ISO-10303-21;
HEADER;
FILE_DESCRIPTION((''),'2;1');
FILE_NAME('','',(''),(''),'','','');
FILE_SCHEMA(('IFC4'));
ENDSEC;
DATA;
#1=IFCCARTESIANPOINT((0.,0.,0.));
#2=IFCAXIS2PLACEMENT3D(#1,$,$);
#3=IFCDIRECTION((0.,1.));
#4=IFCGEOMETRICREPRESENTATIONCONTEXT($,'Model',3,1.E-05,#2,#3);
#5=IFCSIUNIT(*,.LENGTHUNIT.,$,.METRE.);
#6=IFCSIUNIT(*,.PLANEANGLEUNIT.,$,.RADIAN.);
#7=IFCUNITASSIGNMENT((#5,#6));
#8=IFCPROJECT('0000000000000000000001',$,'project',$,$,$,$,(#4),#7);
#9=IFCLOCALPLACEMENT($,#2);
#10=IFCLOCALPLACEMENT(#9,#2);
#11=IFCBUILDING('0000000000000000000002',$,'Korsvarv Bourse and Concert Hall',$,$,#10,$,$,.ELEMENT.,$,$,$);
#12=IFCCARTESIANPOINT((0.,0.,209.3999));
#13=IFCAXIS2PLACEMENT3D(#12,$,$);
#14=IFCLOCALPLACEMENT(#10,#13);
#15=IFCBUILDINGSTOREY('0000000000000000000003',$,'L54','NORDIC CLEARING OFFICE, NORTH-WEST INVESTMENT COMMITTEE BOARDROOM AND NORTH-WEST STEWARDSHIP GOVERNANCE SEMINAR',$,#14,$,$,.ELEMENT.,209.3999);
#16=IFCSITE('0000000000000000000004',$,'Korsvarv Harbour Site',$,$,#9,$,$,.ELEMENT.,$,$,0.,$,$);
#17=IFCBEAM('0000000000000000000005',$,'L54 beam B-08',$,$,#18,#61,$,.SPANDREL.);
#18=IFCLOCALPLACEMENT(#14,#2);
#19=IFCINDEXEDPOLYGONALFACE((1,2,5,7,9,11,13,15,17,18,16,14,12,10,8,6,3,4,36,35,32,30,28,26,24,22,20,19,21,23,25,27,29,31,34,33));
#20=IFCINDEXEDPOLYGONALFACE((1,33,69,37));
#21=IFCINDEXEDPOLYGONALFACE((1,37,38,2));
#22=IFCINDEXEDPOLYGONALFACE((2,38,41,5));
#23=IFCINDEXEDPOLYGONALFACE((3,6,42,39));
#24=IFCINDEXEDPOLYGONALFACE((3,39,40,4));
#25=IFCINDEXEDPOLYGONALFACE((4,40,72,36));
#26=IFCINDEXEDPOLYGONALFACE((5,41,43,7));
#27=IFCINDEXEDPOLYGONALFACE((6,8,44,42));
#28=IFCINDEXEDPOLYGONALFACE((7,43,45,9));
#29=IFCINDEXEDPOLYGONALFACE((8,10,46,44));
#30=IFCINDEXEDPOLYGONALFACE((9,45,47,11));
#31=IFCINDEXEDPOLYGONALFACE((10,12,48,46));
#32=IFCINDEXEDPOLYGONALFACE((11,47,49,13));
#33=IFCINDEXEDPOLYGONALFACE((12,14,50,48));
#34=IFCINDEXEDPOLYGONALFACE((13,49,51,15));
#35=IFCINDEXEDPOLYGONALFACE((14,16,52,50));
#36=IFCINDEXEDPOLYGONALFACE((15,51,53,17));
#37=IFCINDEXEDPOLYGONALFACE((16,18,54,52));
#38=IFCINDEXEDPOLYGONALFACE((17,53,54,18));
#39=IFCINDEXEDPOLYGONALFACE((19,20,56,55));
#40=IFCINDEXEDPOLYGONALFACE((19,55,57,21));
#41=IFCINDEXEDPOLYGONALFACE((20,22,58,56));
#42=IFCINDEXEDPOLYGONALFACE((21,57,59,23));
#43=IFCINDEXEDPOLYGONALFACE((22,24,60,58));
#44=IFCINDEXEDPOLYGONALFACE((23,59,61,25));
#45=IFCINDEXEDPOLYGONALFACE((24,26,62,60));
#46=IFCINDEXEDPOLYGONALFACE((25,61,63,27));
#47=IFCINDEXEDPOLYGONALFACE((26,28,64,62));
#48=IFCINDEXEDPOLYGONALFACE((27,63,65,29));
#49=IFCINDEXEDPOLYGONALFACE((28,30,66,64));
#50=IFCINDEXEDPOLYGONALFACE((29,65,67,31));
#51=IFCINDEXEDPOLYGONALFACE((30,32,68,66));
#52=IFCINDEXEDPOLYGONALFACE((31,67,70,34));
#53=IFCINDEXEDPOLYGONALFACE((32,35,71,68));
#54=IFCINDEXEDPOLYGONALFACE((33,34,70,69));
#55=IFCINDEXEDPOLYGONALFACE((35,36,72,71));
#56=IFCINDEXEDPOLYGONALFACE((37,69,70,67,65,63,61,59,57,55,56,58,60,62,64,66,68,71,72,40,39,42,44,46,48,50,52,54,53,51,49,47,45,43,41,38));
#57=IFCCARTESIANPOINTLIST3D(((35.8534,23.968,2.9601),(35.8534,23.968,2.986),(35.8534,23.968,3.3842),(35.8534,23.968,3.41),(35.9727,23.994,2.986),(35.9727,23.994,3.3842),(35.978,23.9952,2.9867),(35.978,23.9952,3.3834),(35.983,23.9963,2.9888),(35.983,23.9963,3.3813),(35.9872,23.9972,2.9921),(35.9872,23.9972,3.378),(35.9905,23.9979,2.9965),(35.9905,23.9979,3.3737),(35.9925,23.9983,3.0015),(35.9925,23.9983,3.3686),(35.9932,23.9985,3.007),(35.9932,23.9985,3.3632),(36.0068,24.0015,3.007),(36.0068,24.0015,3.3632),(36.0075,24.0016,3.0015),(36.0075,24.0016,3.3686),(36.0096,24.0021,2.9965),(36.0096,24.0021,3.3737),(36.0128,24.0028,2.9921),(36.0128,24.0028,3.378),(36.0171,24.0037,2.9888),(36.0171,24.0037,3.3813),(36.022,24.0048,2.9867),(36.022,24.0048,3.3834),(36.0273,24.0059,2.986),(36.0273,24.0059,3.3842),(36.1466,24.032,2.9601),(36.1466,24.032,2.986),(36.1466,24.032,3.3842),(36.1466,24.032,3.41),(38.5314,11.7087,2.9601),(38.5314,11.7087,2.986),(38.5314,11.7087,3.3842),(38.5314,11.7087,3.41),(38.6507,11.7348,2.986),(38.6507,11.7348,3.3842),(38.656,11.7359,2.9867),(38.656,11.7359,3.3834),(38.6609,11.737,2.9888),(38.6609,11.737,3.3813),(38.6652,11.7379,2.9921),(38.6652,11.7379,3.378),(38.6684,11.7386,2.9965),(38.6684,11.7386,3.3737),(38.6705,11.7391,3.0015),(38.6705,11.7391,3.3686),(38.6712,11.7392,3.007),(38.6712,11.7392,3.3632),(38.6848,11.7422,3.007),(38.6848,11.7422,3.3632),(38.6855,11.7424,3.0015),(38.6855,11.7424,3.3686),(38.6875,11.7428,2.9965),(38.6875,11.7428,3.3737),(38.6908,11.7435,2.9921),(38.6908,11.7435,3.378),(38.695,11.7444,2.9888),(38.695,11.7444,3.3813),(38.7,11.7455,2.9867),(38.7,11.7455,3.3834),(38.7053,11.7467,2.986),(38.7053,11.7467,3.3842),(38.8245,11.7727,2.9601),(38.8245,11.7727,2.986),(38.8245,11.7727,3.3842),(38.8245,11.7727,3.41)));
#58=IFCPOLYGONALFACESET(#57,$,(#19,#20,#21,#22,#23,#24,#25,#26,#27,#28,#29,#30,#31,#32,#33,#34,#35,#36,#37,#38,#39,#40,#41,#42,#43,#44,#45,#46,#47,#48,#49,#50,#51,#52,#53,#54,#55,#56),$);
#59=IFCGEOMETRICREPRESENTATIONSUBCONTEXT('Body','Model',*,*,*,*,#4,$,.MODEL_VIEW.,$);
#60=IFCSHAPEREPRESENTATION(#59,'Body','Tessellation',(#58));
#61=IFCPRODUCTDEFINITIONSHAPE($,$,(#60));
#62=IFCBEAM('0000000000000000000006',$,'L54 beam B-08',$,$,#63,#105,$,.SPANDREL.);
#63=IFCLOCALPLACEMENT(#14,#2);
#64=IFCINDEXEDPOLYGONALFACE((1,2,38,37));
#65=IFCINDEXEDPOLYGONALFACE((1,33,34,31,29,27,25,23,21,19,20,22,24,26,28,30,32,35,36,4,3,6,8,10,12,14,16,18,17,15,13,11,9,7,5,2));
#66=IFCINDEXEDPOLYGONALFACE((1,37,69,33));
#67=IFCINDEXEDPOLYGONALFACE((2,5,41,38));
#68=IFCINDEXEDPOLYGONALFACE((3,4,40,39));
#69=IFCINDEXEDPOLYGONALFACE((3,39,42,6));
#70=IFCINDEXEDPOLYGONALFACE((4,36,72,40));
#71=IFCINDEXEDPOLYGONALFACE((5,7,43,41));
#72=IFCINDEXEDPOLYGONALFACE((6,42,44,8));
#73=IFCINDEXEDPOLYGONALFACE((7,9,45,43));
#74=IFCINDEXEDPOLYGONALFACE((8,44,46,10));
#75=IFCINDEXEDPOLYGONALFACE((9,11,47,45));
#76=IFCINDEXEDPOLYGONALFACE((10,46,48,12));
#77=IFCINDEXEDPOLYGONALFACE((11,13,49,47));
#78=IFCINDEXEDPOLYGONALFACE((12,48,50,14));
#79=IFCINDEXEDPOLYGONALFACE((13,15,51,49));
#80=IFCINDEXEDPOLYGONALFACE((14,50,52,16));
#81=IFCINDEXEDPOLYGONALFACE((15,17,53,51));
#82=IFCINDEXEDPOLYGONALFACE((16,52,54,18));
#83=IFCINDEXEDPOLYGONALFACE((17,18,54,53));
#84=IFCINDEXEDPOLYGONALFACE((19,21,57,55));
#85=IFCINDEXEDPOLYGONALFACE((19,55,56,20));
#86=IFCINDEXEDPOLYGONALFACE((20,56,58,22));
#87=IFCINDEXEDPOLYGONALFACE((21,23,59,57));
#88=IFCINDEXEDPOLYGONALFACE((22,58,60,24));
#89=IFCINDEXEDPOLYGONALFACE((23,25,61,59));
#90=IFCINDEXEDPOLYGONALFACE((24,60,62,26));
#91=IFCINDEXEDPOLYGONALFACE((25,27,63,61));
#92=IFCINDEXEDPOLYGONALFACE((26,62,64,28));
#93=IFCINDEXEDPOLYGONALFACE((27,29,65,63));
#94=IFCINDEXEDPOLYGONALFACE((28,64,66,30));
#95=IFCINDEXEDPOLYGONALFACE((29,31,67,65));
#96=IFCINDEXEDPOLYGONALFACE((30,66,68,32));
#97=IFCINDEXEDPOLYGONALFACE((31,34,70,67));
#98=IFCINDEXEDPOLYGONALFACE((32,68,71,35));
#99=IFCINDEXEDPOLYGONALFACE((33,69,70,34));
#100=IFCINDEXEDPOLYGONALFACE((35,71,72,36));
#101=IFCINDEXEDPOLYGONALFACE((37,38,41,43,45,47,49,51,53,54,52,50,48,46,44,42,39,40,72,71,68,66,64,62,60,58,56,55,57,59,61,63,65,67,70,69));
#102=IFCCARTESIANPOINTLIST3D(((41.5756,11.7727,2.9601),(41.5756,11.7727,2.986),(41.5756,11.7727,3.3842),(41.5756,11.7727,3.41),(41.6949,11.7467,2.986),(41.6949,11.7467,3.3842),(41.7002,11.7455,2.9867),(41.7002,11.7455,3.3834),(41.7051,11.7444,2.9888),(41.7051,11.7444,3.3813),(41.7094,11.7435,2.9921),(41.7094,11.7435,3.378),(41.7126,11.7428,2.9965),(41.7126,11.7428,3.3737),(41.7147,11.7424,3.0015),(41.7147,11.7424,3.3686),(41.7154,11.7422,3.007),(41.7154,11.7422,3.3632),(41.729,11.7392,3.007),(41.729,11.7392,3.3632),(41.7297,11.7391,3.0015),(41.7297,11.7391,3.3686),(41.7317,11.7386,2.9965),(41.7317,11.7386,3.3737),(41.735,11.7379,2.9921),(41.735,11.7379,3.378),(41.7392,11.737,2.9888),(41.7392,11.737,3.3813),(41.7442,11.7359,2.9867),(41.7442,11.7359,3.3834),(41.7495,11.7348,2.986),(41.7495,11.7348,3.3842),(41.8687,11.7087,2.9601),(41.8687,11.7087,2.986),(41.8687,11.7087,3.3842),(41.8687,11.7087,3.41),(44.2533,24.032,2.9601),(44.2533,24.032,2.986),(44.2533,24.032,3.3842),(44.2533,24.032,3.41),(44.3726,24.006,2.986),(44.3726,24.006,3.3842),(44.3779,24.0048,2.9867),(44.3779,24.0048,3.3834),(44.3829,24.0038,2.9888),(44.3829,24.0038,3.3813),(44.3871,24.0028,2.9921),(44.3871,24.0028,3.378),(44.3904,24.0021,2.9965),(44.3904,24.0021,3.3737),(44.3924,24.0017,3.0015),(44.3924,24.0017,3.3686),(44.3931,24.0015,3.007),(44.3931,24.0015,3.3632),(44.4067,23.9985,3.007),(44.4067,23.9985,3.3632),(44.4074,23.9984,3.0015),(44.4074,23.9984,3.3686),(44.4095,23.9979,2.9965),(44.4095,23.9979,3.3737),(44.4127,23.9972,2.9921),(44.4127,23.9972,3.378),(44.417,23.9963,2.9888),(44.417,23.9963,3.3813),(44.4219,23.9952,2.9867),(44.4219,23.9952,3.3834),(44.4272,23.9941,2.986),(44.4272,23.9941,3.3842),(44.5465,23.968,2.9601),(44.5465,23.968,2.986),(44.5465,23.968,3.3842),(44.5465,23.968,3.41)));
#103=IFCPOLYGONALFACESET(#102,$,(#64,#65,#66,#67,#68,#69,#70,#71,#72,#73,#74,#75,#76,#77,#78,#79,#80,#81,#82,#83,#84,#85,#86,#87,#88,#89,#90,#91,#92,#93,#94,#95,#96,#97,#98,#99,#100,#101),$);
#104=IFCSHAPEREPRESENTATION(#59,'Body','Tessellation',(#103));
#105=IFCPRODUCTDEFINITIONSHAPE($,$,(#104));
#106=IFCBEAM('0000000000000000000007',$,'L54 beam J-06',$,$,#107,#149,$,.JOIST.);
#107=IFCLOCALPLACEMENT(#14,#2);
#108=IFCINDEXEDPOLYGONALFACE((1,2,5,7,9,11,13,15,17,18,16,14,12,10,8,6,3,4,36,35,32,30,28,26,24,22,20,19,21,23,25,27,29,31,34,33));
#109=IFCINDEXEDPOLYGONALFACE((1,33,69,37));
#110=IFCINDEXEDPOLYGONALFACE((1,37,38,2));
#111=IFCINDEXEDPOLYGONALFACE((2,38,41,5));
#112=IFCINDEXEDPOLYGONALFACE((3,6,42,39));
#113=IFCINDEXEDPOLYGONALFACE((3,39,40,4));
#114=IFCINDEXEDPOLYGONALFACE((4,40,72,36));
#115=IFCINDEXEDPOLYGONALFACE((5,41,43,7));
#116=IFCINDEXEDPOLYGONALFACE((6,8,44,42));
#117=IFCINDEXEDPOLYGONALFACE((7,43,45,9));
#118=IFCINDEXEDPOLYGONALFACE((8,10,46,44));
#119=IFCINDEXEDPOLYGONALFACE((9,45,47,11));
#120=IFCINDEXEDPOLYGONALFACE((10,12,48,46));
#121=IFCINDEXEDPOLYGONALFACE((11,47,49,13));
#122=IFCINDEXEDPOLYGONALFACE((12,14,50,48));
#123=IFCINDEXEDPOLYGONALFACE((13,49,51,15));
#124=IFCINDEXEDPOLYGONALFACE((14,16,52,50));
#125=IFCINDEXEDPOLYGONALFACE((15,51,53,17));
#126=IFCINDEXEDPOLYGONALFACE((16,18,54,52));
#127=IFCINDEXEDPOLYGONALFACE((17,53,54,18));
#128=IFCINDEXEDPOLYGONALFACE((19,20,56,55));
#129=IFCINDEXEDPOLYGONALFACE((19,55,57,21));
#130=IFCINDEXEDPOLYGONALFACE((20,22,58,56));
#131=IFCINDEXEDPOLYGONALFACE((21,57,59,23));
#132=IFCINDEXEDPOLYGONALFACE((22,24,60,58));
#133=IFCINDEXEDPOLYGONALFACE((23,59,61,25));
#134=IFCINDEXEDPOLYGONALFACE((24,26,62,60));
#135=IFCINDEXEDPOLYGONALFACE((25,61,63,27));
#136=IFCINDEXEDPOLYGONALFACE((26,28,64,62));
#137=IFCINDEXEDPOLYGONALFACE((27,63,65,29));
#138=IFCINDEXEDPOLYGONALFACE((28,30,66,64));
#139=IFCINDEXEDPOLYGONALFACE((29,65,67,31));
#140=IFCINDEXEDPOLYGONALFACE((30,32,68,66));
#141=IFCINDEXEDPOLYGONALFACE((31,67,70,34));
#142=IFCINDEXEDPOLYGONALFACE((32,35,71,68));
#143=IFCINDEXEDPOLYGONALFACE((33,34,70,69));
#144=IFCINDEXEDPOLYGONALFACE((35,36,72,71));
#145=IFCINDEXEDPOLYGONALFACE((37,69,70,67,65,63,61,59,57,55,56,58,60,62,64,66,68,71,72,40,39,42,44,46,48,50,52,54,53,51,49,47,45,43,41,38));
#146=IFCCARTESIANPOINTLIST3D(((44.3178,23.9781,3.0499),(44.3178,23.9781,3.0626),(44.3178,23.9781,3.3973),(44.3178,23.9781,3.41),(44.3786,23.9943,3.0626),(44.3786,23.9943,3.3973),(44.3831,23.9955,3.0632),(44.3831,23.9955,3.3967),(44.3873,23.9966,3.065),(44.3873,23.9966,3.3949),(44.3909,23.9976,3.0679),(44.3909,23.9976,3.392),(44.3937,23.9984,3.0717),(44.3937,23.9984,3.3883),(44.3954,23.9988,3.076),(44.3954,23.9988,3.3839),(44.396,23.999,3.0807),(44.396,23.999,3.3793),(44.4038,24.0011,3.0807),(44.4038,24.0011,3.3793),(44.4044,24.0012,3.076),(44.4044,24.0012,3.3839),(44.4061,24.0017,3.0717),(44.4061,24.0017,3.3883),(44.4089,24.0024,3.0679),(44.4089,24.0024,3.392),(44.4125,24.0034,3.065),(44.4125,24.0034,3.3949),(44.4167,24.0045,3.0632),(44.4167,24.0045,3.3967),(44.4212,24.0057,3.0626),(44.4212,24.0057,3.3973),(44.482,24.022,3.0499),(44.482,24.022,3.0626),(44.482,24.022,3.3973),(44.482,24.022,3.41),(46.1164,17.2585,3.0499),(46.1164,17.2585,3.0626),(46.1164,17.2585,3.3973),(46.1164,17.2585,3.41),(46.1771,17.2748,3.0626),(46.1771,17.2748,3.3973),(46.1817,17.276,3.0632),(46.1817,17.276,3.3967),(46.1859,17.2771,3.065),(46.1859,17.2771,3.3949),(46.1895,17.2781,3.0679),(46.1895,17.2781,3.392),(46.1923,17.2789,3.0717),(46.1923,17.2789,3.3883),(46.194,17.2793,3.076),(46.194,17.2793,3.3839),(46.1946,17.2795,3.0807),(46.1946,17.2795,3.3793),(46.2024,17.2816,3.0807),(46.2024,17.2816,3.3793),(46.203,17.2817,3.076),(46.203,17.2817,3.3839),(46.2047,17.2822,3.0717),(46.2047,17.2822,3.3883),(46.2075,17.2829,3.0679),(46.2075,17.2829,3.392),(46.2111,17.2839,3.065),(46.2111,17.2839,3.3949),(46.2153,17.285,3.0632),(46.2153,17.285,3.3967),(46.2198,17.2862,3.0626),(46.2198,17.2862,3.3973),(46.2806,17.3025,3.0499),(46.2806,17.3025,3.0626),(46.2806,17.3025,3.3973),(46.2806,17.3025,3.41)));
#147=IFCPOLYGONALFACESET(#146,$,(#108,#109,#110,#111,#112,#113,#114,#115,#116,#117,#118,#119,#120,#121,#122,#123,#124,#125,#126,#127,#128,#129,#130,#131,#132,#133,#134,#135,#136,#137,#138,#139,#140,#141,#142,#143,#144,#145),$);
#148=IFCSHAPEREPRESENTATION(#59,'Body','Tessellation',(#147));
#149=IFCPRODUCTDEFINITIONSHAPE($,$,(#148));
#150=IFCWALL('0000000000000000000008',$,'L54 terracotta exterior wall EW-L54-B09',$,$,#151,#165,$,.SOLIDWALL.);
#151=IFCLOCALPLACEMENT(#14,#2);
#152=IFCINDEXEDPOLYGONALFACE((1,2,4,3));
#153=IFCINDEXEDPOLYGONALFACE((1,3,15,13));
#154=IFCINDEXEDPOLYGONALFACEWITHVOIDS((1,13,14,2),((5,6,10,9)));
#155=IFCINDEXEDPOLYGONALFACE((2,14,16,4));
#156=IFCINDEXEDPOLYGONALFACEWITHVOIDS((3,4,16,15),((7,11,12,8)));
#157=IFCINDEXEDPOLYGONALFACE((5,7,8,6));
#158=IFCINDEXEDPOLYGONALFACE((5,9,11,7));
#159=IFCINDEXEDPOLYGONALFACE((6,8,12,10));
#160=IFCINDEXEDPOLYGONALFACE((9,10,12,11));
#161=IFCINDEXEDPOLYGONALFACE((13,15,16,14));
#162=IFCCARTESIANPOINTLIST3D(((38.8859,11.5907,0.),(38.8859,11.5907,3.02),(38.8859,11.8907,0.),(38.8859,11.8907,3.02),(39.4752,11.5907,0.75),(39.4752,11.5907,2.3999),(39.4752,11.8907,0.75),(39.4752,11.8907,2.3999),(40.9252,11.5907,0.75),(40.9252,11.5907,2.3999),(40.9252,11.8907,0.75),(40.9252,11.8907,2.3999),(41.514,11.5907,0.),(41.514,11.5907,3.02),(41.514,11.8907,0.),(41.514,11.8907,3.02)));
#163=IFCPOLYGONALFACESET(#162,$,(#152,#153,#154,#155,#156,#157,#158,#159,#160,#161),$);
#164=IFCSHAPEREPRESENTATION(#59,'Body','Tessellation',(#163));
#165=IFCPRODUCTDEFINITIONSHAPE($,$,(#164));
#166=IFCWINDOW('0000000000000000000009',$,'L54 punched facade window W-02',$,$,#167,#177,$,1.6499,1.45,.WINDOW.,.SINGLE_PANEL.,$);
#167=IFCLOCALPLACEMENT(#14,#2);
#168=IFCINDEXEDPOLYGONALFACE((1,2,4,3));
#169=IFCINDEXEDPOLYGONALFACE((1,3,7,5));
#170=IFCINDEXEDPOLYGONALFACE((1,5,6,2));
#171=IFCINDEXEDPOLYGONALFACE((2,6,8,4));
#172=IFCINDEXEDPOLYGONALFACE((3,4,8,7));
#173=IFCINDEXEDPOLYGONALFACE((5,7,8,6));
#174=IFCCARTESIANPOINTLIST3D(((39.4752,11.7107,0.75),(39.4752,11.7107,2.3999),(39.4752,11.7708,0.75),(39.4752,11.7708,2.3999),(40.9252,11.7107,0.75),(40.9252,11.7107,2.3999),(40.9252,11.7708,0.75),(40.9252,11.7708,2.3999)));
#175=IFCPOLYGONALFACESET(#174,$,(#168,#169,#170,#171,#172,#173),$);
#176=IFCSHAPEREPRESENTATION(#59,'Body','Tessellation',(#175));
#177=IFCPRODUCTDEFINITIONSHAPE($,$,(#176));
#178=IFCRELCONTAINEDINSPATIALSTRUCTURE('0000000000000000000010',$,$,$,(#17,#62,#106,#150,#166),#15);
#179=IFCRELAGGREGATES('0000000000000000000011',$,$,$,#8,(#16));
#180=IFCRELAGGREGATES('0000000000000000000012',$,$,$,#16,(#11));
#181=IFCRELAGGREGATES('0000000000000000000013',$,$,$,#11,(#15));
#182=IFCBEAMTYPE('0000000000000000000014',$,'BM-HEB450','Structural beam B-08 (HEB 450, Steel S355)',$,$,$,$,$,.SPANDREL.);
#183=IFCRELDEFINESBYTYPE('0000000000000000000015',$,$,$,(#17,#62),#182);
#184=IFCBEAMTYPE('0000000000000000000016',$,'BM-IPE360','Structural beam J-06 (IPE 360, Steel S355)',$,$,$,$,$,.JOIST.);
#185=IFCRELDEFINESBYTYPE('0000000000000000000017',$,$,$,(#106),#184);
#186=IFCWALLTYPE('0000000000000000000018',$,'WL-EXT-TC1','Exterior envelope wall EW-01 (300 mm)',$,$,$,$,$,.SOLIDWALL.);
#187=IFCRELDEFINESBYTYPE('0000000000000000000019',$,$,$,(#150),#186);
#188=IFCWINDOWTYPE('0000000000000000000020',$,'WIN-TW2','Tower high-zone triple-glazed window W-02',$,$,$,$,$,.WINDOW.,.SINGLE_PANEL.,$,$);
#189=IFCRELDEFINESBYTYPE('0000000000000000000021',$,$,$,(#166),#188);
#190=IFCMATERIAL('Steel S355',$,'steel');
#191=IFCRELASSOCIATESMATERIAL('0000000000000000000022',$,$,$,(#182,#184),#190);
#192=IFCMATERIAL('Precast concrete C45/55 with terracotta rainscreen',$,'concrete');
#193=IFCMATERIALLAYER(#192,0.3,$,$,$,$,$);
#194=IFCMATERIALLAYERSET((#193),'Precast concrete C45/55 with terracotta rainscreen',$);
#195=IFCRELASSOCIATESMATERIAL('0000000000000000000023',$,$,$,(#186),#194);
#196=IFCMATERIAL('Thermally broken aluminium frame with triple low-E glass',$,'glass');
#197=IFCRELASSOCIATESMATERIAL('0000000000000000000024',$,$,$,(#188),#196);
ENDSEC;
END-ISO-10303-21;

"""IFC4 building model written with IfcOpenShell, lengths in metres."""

from ifc_helpers import new_model, si_unit, direction, frame, frame_2d, origin, origin_2d, place, context, subcontext, project, spatial, rectangle, i_section, extrude, source, transform, mapped, material, layer, layer_set, material_profile, profile_set, type_object, element, fill, save


model = new_model("IFC4")

# Units and contexts
model_context = context("Model", 3, precision=1e-05, world=origin(), true_north=direction((0.0, 1.0)))
body_context = subcontext(model_context, "Body", "Model", "MODEL_VIEW")
ifc_project = project(units=[si_unit("LENGTHUNIT", "METRE"), si_unit("PLANEANGLEUNIT", "RADIAN")], contexts=[model_context])

# Site, building, storey
site_placement = place(None, origin())
site = spatial("IfcSite", under=ifc_project, at=site_placement, Name="Korsvarv Harbour Site", CompositionType="ELEMENT", RefElevation=0.0)
building_placement = place(site_placement, origin())
building = spatial("IfcBuilding", under=site, at=building_placement, Name="Korsvarv Bourse and Concert Hall", CompositionType="ELEMENT")
storey_placement = place(building_placement, frame((0.0, 0.0, 209.3999)))
storey = spatial("IfcBuildingStorey", under=building, at=storey_placement, Name="L54", Description="NORDIC CLEARING OFFICE, NORTH-WEST INVESTMENT COMMITTEE BOARDROOM AND NORTH-WEST STEWARDSHIP GOVERNANCE SEMINAR", CompositionType="ELEMENT", Elevation=209.3999)

# Shared definitions
ifc_material_1 = material(Name="Steel S355", Category="steel")

# Beams
ifc_material_profile_1 = material_profile(ifc_material_1, i_section(OverallWidth=0.3, OverallDepth=0.45, WebThickness=0.0139, FlangeThickness=0.0259, FilletRadius=0.021, at=origin_2d()), Name="HEB 450")
ifc_profile_set_1 = profile_set([ifc_material_profile_1], Name="Steel S355")
beam_type_1 = type_object("IfcBeamType", Name="BM-HEB450", Description="Structural beam B-08 (HEB 450, Steel S355)", PredefinedType="SPANDREL", material=ifc_profile_set_1)
shared_shape_1 = source(origin(), body_context, "Body", "SweptSolid", [
    extrude(i_section(OverallWidth=0.3, OverallDepth=0.45, WebThickness=0.0139, FlangeThickness=0.0259, FilletRadius=0.021, at=origin_2d()), origin(), (0.0, 0.0, 1.0), 12.5483),
])
for number, where, z_axis, x_axis, name in (
    (1, (38.678, 11.7407, 3.1851), (-0.213413, 0.976962, 0.0), (-0.976962, -0.213413, 0.0), "L54 beam B-08"),
    (2, (41.7222, 11.7407, 3.1851), (0.213394, 0.976966, 0.0), (-0.976966, 0.213394, 0.0), "L54 beam B-08"),
):
    element("IfcBeam", number, at=place(storey_placement, frame(where, z_axis=z_axis, x_axis=x_axis)), inside=storey, type_object=beam_type_1, Name=name, PredefinedType="SPANDREL", context=body_context, shape_type="MappedRepresentation", body=[
        mapped(shared_shape_1, transform((0.0, 0.0, 0.0), scale=1.0)),
    ])
ifc_material_profile_2 = material_profile(ifc_material_1, i_section(OverallWidth=0.1699, OverallDepth=0.3601, WebThickness=0.0081, FlangeThickness=0.0127, FilletRadius=0.0181, at=origin_2d()), Name="IPE 360")
ifc_profile_set_2 = profile_set([ifc_material_profile_2], Name="Steel S355")
beam_type_2 = type_object("IfcBeamType", Name="BM-IPE360", Description="Structural beam J-06 (IPE 360, Steel S355)", PredefinedType="JOIST", material=ifc_profile_set_2)
shared_shape_2 = source(origin(), body_context, "Body", "SweptSolid", [
    extrude(i_section(OverallWidth=0.1699, OverallDepth=0.3601, WebThickness=0.0081, FlangeThickness=0.0127, FilletRadius=0.0181, at=origin_2d()), origin(), (0.0, 0.0, 1.0), 6.9561),
])
beam_1_placement = place(storey_placement, frame((46.1985, 17.2805, 3.23), z_axis=(-0.258565, 0.965994, 0.0), x_axis=(-0.965994, -0.258565, 0.0)))
element("IfcBeam", 3, at=beam_1_placement, inside=storey, type_object=beam_type_2, Name="L54 beam J-06", PredefinedType="JOIST", context=body_context, shape_type="MappedRepresentation", body=[
    mapped(shared_shape_2, transform((0.0, 0.0, 0.0), scale=1.0)),
])

# Wall, opening, window
ifc_material_2 = material(Name="Precast concrete C45/55 with terracotta rainscreen", Category="concrete")
ifc_layer_1 = layer(ifc_material_2, 0.3)
ifc_layer_set_1 = layer_set([ifc_layer_1], Name="Precast concrete C45/55 with terracotta rainscreen")
wall_type_1 = type_object("IfcWallType", Name="WL-EXT-TC1", Description="Exterior envelope wall EW-01 (300 mm)", PredefinedType="SOLIDWALL", material=ifc_layer_set_1)
wall_1_placement = place(storey_placement, frame((38.886, 11.7407, 0.0), z_axis=(0.0, 0.0, 1.0), x_axis=(1.0, 0.0, 0.0)))
wall_1 = element("IfcWall", 4, at=wall_1_placement, inside=storey, type_object=wall_type_1, Name="L54 terracotta exterior wall EW-L54-B09", PredefinedType="SOLIDWALL", context=body_context, shape_type="SweptSolid", body=[
    extrude(rectangle(XDim=2.6282, YDim=0.3, at=frame_2d((1.314, 0.0))), origin(), (0.0, 0.0, 1.0), 3.02),
])
opening_1_placement = place(wall_1_placement, frame((0.5891, 0.0, 0.75)))
opening_1 = element("IfcOpeningElement", 5, at=opening_1_placement, cuts=wall_1, PredefinedType="OPENING", context=body_context, shape_type="SweptSolid", body=[
    extrude(rectangle(XDim=1.45, YDim=1.6499, at=frame_2d((0.7251, 0.825))), frame((0.0, 0.1602, 0.0), z_axis=(0.0, -1.0, 0.0), x_axis=(1.0, 0.0, 0.0)), (0.0, 0.0, 1.0), 0.3201),
])
ifc_material_3 = material(Name="Thermally broken aluminium frame with triple low-E glass", Category="glass")
window_type = type_object("IfcWindowType", Name="WIN-TW2", Description="Tower high-zone triple-glazed window W-02", PartitioningType="SINGLE_PANEL", PredefinedType="WINDOW", material=ifc_material_3)
window_1_placement = place(opening_1_placement, origin())
window_1 = element("IfcWindow", 6, at=window_1_placement, inside=storey, type_object=window_type, Name="L54 punched facade window W-02", OverallHeight=1.6499, OverallWidth=1.45, PartitioningType="SINGLE_PANEL", PredefinedType="WINDOW", context=body_context, shape_type="SweptSolid", body=[
    extrude(rectangle(XDim=1.45, YDim=1.6499, at=frame_2d((0.7251, 0.825))), frame((0.0, 0.03, 0.0), z_axis=(0.0, -1.0, 0.0), x_axis=(1.0, 0.0, 0.0)), (0.0, 0.0, 1.0), 0.0601),
])
fill(opening_1, window_1)

save(model, "model.ifc")
